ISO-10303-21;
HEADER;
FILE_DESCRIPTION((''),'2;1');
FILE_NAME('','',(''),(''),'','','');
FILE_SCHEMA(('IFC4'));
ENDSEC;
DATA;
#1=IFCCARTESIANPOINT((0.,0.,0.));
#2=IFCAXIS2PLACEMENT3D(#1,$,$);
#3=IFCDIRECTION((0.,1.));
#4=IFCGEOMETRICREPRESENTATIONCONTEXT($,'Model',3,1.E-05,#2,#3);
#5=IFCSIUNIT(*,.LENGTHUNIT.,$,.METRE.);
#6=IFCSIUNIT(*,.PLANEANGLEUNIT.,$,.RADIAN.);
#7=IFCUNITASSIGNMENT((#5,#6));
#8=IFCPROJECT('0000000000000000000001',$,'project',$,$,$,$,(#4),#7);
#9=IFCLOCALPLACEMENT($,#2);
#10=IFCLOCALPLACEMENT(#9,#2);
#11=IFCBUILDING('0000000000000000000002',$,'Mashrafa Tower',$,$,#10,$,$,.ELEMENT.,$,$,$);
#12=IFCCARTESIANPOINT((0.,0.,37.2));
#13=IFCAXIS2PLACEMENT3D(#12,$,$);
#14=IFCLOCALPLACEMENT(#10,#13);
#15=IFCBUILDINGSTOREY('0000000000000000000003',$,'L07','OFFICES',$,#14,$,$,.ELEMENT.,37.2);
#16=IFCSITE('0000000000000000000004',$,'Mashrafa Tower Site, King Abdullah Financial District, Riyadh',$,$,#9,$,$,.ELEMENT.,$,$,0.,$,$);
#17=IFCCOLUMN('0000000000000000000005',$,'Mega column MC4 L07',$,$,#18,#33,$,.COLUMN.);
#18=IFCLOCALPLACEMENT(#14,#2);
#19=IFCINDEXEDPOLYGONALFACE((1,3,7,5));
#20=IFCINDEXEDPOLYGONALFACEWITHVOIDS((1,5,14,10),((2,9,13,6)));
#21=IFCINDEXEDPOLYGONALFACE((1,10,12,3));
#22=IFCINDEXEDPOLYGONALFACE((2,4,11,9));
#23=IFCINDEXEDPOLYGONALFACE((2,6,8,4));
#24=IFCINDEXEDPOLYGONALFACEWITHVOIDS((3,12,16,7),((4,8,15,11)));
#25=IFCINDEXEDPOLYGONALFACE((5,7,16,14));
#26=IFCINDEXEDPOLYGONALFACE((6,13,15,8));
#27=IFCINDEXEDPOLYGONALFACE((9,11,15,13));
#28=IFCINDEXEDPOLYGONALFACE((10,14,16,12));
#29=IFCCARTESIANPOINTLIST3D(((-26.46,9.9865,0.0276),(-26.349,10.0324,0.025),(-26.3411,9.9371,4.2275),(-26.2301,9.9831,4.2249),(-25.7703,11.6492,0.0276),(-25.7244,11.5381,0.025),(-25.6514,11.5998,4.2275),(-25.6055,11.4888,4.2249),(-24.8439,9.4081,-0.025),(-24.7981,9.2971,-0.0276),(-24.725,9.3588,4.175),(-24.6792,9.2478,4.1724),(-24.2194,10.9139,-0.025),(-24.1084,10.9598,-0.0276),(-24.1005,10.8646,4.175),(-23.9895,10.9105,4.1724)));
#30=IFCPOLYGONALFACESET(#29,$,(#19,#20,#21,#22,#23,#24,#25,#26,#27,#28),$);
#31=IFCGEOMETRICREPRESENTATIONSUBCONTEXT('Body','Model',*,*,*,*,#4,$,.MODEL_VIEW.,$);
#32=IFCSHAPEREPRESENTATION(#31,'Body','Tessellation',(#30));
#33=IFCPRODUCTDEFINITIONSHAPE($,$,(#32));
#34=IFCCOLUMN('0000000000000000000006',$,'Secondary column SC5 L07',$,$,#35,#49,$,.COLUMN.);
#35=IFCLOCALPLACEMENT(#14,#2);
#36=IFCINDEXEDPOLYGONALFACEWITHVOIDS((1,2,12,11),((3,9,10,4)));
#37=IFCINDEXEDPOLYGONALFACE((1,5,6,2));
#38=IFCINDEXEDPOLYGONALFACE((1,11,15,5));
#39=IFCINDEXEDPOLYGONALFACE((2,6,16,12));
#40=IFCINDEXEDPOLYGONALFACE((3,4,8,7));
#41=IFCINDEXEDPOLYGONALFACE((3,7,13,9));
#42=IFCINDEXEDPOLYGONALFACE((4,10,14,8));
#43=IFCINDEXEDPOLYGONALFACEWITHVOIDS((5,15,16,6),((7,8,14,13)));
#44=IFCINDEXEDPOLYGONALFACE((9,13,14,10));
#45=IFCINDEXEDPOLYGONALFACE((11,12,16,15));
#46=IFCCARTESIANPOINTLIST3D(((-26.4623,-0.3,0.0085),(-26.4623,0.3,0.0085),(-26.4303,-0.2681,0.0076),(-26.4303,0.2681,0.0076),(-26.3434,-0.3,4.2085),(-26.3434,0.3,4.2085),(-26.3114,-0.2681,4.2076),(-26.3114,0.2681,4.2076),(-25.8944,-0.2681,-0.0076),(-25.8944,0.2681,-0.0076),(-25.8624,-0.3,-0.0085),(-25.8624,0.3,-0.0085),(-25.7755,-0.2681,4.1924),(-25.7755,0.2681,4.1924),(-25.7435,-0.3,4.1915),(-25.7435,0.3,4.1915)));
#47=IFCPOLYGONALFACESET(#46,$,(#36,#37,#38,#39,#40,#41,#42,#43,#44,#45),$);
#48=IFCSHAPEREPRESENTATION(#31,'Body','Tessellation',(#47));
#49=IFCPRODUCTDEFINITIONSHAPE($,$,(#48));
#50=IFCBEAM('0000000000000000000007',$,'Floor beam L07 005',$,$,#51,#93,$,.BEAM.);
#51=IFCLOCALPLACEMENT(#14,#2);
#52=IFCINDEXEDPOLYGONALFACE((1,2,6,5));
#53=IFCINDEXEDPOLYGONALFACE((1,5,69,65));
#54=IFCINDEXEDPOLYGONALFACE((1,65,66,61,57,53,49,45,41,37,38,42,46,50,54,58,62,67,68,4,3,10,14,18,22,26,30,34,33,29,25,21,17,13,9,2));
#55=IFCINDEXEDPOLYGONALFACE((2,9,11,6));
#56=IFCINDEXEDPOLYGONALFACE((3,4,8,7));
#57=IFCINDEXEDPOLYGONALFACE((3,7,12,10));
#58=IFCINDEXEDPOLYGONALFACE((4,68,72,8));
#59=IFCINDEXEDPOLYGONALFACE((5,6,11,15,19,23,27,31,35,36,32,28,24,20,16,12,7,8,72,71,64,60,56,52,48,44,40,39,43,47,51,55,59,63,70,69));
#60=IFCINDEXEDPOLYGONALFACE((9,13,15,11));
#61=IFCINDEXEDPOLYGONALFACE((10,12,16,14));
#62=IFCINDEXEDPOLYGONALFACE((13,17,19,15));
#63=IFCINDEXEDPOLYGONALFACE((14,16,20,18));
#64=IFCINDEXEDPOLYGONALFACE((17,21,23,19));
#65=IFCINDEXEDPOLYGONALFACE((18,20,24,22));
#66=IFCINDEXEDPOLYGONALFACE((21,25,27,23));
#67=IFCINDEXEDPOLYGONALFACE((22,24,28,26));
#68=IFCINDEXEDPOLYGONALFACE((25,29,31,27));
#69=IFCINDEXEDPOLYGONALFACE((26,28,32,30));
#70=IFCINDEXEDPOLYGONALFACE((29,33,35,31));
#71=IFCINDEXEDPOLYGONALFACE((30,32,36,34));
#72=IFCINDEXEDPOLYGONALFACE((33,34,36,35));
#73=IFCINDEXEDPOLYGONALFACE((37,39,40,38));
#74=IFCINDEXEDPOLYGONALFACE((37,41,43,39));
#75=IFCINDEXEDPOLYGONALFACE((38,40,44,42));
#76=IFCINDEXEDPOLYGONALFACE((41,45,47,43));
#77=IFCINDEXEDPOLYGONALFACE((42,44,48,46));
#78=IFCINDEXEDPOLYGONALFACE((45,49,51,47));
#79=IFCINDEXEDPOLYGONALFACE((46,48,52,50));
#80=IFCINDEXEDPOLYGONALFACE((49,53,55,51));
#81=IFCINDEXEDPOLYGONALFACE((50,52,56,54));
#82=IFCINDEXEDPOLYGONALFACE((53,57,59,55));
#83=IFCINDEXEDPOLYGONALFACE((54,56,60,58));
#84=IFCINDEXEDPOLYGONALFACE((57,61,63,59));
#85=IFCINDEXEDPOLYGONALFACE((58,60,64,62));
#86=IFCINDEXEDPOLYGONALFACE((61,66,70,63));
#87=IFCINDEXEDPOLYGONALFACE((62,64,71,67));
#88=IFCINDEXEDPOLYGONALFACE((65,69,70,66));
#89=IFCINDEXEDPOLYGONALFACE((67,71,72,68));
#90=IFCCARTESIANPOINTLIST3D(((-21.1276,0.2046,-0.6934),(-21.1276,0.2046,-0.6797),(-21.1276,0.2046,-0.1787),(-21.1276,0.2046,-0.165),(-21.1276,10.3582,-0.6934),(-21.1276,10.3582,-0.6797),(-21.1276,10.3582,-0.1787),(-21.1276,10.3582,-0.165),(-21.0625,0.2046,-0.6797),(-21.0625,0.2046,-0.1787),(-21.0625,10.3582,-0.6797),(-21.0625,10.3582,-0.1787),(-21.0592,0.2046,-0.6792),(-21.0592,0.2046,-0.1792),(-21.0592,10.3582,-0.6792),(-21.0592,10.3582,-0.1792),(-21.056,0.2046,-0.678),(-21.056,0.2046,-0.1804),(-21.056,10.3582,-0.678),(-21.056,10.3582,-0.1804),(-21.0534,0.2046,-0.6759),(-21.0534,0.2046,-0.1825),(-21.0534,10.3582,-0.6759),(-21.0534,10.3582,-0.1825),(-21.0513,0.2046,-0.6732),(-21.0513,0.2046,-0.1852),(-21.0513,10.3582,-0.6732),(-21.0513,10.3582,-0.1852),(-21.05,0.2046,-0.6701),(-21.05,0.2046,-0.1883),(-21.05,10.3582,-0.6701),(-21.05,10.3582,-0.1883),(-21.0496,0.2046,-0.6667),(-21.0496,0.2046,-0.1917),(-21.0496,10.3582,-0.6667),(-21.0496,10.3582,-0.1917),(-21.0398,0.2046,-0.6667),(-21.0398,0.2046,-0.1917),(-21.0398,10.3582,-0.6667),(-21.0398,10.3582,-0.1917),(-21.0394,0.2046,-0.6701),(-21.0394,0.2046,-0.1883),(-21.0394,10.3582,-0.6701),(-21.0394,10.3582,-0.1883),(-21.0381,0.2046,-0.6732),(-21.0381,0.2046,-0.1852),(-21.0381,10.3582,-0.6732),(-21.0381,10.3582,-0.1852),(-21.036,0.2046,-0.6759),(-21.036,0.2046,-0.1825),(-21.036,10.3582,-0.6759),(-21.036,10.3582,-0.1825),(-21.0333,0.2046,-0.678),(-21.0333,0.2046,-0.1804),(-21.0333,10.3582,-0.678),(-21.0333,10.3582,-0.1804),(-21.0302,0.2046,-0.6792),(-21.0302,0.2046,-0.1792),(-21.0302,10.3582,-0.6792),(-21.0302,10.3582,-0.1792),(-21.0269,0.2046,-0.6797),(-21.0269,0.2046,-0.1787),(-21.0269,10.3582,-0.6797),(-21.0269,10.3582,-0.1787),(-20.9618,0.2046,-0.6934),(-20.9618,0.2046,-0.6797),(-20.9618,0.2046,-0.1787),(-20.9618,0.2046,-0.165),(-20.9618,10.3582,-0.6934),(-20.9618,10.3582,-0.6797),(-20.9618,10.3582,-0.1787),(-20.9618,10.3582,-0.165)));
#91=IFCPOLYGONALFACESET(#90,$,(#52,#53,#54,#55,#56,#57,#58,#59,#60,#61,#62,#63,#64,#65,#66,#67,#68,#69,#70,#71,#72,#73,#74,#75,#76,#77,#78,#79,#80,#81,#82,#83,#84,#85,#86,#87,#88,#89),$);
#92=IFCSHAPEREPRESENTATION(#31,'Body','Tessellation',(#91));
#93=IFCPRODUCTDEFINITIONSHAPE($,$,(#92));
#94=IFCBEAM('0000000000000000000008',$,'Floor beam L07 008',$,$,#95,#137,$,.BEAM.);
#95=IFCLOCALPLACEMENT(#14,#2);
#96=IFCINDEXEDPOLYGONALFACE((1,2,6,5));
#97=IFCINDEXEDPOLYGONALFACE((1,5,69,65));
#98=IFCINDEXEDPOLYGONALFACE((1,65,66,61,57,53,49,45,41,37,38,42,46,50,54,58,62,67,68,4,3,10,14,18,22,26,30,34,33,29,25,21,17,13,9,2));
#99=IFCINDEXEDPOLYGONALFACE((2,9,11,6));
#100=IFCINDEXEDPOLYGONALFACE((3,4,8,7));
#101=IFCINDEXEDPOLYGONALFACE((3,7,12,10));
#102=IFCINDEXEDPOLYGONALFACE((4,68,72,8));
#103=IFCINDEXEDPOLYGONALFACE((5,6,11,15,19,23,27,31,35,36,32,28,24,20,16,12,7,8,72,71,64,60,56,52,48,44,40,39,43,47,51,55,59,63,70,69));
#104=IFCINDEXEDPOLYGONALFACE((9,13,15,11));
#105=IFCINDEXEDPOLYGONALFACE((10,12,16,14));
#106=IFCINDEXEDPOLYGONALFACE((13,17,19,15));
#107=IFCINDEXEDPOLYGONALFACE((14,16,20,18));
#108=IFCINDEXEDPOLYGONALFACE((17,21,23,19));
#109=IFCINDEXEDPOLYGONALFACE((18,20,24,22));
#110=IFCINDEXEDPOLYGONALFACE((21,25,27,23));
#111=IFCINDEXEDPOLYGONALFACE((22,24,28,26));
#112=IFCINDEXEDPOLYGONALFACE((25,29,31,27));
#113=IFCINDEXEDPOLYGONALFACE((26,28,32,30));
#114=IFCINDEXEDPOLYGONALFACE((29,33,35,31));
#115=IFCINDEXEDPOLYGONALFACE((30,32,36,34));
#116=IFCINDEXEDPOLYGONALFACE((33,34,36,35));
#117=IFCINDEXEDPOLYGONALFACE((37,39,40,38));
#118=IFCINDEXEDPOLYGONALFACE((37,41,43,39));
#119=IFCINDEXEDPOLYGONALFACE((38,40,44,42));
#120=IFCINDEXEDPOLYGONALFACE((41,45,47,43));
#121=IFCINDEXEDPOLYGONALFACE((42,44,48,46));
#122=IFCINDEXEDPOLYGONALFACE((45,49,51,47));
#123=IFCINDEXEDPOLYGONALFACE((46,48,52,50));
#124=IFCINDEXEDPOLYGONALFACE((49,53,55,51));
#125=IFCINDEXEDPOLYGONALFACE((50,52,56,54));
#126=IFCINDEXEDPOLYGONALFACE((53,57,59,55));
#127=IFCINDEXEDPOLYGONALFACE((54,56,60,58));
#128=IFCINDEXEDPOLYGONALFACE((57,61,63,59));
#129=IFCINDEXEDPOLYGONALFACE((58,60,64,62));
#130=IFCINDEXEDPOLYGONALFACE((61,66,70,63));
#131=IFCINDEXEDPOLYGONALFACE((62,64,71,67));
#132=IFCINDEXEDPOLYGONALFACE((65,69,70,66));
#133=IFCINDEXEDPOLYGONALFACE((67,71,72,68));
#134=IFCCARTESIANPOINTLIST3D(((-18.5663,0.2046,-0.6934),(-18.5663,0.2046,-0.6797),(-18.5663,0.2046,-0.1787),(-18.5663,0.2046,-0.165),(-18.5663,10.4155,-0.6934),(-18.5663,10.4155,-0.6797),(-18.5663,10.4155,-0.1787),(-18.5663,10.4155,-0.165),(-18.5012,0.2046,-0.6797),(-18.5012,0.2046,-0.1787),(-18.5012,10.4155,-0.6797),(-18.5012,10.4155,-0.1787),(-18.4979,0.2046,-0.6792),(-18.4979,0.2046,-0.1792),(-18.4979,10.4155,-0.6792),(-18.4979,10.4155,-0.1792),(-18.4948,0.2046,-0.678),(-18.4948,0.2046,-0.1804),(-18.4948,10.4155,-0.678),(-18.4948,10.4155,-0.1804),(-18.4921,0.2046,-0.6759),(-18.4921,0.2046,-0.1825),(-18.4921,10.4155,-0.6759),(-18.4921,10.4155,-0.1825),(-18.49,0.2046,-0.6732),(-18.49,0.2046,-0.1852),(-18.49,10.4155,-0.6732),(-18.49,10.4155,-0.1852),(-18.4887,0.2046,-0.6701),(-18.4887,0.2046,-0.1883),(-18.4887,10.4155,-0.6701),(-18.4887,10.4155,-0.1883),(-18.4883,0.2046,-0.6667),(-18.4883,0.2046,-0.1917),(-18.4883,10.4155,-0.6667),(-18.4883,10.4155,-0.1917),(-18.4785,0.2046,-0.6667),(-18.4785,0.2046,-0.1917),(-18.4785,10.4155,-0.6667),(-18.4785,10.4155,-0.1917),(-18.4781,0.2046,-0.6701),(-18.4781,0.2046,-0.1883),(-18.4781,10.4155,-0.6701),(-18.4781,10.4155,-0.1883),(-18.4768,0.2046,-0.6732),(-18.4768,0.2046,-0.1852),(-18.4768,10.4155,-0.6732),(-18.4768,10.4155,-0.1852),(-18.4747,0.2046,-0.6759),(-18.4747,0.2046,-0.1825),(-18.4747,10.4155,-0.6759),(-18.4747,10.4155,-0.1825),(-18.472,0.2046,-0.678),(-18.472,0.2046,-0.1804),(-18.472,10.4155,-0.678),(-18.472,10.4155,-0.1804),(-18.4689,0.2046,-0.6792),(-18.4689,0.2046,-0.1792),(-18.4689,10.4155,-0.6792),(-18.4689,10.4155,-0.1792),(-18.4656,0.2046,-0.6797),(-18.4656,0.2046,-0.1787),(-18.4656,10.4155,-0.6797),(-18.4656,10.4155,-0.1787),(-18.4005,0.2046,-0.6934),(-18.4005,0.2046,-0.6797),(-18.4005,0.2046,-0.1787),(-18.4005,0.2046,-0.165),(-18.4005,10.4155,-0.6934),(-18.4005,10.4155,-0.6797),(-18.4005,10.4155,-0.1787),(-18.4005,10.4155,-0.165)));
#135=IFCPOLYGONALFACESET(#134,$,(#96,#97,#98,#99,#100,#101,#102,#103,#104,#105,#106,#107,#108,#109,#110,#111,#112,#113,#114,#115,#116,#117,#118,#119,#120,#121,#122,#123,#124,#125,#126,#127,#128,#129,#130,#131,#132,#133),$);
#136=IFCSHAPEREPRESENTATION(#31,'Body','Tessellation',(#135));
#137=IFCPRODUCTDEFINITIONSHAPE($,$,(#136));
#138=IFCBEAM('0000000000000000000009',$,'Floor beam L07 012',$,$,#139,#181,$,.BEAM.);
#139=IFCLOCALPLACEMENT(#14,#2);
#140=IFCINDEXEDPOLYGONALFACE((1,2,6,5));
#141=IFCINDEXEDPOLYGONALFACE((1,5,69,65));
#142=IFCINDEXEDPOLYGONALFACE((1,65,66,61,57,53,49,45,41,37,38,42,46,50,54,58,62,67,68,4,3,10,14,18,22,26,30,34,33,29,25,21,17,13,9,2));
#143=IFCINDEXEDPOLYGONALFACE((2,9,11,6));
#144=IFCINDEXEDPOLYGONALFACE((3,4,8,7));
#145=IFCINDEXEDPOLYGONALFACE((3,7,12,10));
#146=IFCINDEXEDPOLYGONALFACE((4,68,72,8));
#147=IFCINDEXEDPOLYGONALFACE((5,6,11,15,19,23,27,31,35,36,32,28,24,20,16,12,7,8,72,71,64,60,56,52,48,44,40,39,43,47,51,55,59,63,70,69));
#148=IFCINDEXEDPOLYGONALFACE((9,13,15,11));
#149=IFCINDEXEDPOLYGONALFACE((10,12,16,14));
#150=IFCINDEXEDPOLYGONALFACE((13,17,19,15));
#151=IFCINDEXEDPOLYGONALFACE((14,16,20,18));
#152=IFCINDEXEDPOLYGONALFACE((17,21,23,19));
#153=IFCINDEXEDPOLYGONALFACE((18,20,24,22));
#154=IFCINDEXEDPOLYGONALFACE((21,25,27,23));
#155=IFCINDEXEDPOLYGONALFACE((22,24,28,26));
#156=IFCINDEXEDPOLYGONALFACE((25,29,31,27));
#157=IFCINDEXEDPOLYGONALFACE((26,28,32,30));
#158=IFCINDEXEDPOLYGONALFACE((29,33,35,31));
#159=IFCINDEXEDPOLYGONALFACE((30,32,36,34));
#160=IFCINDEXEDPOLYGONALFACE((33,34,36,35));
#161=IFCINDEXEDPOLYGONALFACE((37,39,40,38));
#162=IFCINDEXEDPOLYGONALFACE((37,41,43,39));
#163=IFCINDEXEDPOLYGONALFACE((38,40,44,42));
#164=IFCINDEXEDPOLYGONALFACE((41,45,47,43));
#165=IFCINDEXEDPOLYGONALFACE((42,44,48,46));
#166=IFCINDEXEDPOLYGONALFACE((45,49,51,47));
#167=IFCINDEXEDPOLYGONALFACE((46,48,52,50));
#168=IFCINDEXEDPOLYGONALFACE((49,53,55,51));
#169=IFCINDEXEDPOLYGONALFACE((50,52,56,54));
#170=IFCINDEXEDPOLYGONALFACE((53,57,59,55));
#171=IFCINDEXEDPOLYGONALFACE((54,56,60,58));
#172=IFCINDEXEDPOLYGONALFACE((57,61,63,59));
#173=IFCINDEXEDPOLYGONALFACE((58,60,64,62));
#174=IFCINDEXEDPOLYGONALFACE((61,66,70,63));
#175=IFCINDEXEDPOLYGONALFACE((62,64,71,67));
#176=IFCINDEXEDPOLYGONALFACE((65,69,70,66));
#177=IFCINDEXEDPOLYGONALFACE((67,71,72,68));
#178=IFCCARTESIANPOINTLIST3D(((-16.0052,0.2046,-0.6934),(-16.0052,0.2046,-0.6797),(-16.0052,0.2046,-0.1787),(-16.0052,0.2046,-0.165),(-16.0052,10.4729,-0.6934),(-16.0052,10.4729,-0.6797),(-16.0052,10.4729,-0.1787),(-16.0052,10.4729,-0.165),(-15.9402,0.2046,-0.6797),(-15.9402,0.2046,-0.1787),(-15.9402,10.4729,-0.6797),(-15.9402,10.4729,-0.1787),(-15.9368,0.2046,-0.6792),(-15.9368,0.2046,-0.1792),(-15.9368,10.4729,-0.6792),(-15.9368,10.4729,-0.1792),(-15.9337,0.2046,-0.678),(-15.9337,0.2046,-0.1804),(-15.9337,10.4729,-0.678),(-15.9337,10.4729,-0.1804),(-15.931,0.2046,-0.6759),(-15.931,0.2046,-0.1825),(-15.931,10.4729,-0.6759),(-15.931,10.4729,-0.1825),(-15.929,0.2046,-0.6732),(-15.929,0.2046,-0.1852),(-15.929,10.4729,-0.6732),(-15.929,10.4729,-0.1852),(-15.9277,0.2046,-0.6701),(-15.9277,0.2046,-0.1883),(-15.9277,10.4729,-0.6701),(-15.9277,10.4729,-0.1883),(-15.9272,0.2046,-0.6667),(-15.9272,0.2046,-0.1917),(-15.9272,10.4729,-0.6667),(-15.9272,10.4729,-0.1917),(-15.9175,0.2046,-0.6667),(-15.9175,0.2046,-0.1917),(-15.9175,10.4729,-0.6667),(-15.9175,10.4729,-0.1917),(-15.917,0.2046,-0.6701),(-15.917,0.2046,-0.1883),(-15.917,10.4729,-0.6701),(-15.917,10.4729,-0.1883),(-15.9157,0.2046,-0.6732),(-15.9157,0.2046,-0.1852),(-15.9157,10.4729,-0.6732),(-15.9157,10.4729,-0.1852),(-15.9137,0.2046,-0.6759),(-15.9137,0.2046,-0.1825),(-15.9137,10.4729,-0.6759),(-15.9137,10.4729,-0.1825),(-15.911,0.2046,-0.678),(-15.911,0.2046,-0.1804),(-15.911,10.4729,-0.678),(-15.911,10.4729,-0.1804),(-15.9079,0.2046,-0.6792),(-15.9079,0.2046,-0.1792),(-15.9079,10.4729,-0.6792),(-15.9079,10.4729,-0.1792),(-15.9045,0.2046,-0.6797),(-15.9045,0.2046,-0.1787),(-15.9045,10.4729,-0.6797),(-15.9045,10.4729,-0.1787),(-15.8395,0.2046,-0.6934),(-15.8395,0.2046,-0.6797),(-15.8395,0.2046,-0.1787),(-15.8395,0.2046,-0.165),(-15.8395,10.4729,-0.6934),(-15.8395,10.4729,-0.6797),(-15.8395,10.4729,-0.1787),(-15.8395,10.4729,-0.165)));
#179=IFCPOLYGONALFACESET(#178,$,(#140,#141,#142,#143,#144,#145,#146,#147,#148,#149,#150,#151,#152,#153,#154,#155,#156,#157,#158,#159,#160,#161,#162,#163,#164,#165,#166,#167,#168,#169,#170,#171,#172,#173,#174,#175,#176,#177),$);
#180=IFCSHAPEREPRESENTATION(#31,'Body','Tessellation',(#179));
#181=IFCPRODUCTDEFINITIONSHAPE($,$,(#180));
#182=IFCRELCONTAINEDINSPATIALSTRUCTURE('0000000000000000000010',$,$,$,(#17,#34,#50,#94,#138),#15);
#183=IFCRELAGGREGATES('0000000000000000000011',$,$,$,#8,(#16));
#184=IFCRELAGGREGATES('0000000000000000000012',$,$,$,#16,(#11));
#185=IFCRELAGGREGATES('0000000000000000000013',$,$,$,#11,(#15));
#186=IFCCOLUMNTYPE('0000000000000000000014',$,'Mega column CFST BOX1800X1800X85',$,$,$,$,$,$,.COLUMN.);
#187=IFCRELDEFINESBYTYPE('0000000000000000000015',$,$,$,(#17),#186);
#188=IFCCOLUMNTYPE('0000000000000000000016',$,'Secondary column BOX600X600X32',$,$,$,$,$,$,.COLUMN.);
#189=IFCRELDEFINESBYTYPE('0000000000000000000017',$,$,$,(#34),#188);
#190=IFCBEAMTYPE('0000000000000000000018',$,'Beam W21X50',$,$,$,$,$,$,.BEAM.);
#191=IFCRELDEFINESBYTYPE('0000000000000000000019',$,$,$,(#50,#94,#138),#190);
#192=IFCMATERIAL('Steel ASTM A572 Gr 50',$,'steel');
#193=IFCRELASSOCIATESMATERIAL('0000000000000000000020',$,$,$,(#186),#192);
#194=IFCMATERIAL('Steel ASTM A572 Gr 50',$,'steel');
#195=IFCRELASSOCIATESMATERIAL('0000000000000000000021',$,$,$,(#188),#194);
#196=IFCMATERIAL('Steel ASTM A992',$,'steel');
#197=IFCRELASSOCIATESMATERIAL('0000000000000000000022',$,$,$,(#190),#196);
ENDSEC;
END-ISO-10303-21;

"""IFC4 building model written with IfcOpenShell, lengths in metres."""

from ifc_helpers import new_model, si_unit, direction, frame, origin, origin_2d, place, context, subcontext, project, spatial, hollow_rectangle, i_section, extrude, material, material_profile, profile_set, type_object, element, save


model = new_model("IFC4")

# Units and contexts
model_context = context("Model", 3, precision=1e-05, world=origin(), true_north=direction((0.0, 1.0)))
body_context = subcontext(model_context, "Body", "Model", "MODEL_VIEW")
ifc_project = project(units=[si_unit("LENGTHUNIT", "METRE"), si_unit("PLANEANGLEUNIT", "RADIAN")], contexts=[model_context])

# Site, building, storey
site_placement = place(None, origin())
site = spatial("IfcSite", under=ifc_project, at=site_placement, Name="Mashrafa Tower Site, King Abdullah Financial District, Riyadh", CompositionType="ELEMENT", RefElevation=0.0)
building_placement = place(site_placement, origin())
building = spatial("IfcBuilding", under=site, at=building_placement, Name="Mashrafa Tower", CompositionType="ELEMENT")
storey_placement = place(building_placement, frame((0.0, 0.0, 37.2)))
storey = spatial("IfcBuildingStorey", under=building, at=storey_placement, Name="L07", Description="OFFICES", CompositionType="ELEMENT", Elevation=37.2)

# Columns
ifc_material_1 = material(Name="Steel ASTM A572 Gr 50", Category="steel")
ifc_material_profile_1 = material_profile(ifc_material_1, hollow_rectangle(XDim=1.8, YDim=1.8, WallThickness=0.085, at=origin_2d()), Name="BOX1800X1800X85")
ifc_profile_set_1 = profile_set([ifc_material_profile_1], Name="Steel ASTM A572 Gr 50")
column_type_1 = type_object("IfcColumnType", Name="Mega column CFST BOX1800X1800X85", PredefinedType="COLUMN", material=ifc_profile_set_1)
column_1_placement = place(storey_placement, frame((-25.2842, 10.4731, 0.0), z_axis=(0.028296, -0.011737, 0.999531), x_axis=(0.383133, 0.923693, 0.0)))
element("IfcColumn", 1, at=column_1_placement, inside=storey, type_object=column_type_1, Name="Mega column MC4 L07", PredefinedType="COLUMN", context=body_context, shape_type="SweptSolid", body=[
    extrude(hollow_rectangle(XDim=1.8, YDim=1.8, WallThickness=0.085, at=origin_2d()), origin(), (0.0, 0.0, 1.0), 4.2019),
])
ifc_material_2 = material(Name="Steel ASTM A572 Gr 50", Category="steel")
ifc_material_profile_2 = material_profile(ifc_material_2, hollow_rectangle(XDim=0.6001, YDim=0.6001, WallThickness=0.032, at=origin_2d()), Name="BOX600X600X32")
ifc_profile_set_2 = profile_set([ifc_material_profile_2], Name="Steel ASTM A572 Gr 50")
column_type_2 = type_object("IfcColumnType", Name="Secondary column BOX600X600X32", PredefinedType="COLUMN", material=ifc_profile_set_2)
column_2_placement = place(storey_placement, frame((-26.1624, 0.0, 0.0), z_axis=(0.028298, 0.0, 0.9996), x_axis=(0.0, 1.0, 0.0)))
element("IfcColumn", 2, at=column_2_placement, inside=storey, type_object=column_type_2, Name="Secondary column SC5 L07", PredefinedType="COLUMN", context=body_context, shape_type="SweptSolid", body=[
    extrude(hollow_rectangle(XDim=0.6001, YDim=0.6001, WallThickness=0.032, at=origin_2d()), origin(), (0.0, 0.0, 1.0), 4.2017),
])

# Beams
ifc_material_3 = material(Name="Steel ASTM A992", Category="steel")
ifc_material_profile_3 = material_profile(ifc_material_3, i_section(OverallWidth=0.1658, OverallDepth=0.5283, WebThickness=0.0098, FlangeThickness=0.0137, FilletRadius=0.0129, at=origin_2d()), Name="W21X50")
ifc_profile_set_3 = profile_set([ifc_material_profile_3], Name="Steel ASTM A992")
beam_type_1 = type_object("IfcBeamType", Name="Beam W21X50", PredefinedType="BEAM", material=ifc_profile_set_3)
beam_1_placement = place(storey_placement, frame((-21.0447, 0.2046, -0.4292), z_axis=(0.0, 1.0, 0.0), x_axis=(-1.0, 0.0, 0.0)))
element("IfcBeam", 3, at=beam_1_placement, inside=storey, type_object=beam_type_1, Name="Floor beam L07 005", PredefinedType="BEAM", context=body_context, shape_type="SweptSolid", body=[
    extrude(i_section(OverallWidth=0.1658, OverallDepth=0.5283, WebThickness=0.0098, FlangeThickness=0.0137, FilletRadius=0.0129, at=origin_2d()), origin(), (0.0, 0.0, 1.0), 10.1536),
])
beam_2_placement = place(storey_placement, frame((-18.4834, 0.2046, -0.4292), z_axis=(0.0, 1.0, 0.0), x_axis=(-1.0, 0.0, 0.0)))
element("IfcBeam", 4, at=beam_2_placement, inside=storey, type_object=beam_type_1, Name="Floor beam L07 008", PredefinedType="BEAM", context=body_context, shape_type="SweptSolid", body=[
    extrude(i_section(OverallWidth=0.1658, OverallDepth=0.5283, WebThickness=0.0098, FlangeThickness=0.0137, FilletRadius=0.0129, at=origin_2d()), origin(), (0.0, 0.0, 1.0), 10.2109),
])
beam_3_placement = place(storey_placement, frame((-15.9224, 0.2046, -0.4292), z_axis=(0.0, 1.0, 0.0), x_axis=(-1.0, 0.0, 0.0)))
element("IfcBeam", 5, at=beam_3_placement, inside=storey, type_object=beam_type_1, Name="Floor beam L07 012", PredefinedType="BEAM", context=body_context, shape_type="SweptSolid", body=[
    extrude(i_section(OverallWidth=0.1658, OverallDepth=0.5283, WebThickness=0.0098, FlangeThickness=0.0137, FilletRadius=0.0129, at=origin_2d()), origin(), (0.0, 0.0, 1.0), 10.2683),
])

save(model, "model.ifc")
